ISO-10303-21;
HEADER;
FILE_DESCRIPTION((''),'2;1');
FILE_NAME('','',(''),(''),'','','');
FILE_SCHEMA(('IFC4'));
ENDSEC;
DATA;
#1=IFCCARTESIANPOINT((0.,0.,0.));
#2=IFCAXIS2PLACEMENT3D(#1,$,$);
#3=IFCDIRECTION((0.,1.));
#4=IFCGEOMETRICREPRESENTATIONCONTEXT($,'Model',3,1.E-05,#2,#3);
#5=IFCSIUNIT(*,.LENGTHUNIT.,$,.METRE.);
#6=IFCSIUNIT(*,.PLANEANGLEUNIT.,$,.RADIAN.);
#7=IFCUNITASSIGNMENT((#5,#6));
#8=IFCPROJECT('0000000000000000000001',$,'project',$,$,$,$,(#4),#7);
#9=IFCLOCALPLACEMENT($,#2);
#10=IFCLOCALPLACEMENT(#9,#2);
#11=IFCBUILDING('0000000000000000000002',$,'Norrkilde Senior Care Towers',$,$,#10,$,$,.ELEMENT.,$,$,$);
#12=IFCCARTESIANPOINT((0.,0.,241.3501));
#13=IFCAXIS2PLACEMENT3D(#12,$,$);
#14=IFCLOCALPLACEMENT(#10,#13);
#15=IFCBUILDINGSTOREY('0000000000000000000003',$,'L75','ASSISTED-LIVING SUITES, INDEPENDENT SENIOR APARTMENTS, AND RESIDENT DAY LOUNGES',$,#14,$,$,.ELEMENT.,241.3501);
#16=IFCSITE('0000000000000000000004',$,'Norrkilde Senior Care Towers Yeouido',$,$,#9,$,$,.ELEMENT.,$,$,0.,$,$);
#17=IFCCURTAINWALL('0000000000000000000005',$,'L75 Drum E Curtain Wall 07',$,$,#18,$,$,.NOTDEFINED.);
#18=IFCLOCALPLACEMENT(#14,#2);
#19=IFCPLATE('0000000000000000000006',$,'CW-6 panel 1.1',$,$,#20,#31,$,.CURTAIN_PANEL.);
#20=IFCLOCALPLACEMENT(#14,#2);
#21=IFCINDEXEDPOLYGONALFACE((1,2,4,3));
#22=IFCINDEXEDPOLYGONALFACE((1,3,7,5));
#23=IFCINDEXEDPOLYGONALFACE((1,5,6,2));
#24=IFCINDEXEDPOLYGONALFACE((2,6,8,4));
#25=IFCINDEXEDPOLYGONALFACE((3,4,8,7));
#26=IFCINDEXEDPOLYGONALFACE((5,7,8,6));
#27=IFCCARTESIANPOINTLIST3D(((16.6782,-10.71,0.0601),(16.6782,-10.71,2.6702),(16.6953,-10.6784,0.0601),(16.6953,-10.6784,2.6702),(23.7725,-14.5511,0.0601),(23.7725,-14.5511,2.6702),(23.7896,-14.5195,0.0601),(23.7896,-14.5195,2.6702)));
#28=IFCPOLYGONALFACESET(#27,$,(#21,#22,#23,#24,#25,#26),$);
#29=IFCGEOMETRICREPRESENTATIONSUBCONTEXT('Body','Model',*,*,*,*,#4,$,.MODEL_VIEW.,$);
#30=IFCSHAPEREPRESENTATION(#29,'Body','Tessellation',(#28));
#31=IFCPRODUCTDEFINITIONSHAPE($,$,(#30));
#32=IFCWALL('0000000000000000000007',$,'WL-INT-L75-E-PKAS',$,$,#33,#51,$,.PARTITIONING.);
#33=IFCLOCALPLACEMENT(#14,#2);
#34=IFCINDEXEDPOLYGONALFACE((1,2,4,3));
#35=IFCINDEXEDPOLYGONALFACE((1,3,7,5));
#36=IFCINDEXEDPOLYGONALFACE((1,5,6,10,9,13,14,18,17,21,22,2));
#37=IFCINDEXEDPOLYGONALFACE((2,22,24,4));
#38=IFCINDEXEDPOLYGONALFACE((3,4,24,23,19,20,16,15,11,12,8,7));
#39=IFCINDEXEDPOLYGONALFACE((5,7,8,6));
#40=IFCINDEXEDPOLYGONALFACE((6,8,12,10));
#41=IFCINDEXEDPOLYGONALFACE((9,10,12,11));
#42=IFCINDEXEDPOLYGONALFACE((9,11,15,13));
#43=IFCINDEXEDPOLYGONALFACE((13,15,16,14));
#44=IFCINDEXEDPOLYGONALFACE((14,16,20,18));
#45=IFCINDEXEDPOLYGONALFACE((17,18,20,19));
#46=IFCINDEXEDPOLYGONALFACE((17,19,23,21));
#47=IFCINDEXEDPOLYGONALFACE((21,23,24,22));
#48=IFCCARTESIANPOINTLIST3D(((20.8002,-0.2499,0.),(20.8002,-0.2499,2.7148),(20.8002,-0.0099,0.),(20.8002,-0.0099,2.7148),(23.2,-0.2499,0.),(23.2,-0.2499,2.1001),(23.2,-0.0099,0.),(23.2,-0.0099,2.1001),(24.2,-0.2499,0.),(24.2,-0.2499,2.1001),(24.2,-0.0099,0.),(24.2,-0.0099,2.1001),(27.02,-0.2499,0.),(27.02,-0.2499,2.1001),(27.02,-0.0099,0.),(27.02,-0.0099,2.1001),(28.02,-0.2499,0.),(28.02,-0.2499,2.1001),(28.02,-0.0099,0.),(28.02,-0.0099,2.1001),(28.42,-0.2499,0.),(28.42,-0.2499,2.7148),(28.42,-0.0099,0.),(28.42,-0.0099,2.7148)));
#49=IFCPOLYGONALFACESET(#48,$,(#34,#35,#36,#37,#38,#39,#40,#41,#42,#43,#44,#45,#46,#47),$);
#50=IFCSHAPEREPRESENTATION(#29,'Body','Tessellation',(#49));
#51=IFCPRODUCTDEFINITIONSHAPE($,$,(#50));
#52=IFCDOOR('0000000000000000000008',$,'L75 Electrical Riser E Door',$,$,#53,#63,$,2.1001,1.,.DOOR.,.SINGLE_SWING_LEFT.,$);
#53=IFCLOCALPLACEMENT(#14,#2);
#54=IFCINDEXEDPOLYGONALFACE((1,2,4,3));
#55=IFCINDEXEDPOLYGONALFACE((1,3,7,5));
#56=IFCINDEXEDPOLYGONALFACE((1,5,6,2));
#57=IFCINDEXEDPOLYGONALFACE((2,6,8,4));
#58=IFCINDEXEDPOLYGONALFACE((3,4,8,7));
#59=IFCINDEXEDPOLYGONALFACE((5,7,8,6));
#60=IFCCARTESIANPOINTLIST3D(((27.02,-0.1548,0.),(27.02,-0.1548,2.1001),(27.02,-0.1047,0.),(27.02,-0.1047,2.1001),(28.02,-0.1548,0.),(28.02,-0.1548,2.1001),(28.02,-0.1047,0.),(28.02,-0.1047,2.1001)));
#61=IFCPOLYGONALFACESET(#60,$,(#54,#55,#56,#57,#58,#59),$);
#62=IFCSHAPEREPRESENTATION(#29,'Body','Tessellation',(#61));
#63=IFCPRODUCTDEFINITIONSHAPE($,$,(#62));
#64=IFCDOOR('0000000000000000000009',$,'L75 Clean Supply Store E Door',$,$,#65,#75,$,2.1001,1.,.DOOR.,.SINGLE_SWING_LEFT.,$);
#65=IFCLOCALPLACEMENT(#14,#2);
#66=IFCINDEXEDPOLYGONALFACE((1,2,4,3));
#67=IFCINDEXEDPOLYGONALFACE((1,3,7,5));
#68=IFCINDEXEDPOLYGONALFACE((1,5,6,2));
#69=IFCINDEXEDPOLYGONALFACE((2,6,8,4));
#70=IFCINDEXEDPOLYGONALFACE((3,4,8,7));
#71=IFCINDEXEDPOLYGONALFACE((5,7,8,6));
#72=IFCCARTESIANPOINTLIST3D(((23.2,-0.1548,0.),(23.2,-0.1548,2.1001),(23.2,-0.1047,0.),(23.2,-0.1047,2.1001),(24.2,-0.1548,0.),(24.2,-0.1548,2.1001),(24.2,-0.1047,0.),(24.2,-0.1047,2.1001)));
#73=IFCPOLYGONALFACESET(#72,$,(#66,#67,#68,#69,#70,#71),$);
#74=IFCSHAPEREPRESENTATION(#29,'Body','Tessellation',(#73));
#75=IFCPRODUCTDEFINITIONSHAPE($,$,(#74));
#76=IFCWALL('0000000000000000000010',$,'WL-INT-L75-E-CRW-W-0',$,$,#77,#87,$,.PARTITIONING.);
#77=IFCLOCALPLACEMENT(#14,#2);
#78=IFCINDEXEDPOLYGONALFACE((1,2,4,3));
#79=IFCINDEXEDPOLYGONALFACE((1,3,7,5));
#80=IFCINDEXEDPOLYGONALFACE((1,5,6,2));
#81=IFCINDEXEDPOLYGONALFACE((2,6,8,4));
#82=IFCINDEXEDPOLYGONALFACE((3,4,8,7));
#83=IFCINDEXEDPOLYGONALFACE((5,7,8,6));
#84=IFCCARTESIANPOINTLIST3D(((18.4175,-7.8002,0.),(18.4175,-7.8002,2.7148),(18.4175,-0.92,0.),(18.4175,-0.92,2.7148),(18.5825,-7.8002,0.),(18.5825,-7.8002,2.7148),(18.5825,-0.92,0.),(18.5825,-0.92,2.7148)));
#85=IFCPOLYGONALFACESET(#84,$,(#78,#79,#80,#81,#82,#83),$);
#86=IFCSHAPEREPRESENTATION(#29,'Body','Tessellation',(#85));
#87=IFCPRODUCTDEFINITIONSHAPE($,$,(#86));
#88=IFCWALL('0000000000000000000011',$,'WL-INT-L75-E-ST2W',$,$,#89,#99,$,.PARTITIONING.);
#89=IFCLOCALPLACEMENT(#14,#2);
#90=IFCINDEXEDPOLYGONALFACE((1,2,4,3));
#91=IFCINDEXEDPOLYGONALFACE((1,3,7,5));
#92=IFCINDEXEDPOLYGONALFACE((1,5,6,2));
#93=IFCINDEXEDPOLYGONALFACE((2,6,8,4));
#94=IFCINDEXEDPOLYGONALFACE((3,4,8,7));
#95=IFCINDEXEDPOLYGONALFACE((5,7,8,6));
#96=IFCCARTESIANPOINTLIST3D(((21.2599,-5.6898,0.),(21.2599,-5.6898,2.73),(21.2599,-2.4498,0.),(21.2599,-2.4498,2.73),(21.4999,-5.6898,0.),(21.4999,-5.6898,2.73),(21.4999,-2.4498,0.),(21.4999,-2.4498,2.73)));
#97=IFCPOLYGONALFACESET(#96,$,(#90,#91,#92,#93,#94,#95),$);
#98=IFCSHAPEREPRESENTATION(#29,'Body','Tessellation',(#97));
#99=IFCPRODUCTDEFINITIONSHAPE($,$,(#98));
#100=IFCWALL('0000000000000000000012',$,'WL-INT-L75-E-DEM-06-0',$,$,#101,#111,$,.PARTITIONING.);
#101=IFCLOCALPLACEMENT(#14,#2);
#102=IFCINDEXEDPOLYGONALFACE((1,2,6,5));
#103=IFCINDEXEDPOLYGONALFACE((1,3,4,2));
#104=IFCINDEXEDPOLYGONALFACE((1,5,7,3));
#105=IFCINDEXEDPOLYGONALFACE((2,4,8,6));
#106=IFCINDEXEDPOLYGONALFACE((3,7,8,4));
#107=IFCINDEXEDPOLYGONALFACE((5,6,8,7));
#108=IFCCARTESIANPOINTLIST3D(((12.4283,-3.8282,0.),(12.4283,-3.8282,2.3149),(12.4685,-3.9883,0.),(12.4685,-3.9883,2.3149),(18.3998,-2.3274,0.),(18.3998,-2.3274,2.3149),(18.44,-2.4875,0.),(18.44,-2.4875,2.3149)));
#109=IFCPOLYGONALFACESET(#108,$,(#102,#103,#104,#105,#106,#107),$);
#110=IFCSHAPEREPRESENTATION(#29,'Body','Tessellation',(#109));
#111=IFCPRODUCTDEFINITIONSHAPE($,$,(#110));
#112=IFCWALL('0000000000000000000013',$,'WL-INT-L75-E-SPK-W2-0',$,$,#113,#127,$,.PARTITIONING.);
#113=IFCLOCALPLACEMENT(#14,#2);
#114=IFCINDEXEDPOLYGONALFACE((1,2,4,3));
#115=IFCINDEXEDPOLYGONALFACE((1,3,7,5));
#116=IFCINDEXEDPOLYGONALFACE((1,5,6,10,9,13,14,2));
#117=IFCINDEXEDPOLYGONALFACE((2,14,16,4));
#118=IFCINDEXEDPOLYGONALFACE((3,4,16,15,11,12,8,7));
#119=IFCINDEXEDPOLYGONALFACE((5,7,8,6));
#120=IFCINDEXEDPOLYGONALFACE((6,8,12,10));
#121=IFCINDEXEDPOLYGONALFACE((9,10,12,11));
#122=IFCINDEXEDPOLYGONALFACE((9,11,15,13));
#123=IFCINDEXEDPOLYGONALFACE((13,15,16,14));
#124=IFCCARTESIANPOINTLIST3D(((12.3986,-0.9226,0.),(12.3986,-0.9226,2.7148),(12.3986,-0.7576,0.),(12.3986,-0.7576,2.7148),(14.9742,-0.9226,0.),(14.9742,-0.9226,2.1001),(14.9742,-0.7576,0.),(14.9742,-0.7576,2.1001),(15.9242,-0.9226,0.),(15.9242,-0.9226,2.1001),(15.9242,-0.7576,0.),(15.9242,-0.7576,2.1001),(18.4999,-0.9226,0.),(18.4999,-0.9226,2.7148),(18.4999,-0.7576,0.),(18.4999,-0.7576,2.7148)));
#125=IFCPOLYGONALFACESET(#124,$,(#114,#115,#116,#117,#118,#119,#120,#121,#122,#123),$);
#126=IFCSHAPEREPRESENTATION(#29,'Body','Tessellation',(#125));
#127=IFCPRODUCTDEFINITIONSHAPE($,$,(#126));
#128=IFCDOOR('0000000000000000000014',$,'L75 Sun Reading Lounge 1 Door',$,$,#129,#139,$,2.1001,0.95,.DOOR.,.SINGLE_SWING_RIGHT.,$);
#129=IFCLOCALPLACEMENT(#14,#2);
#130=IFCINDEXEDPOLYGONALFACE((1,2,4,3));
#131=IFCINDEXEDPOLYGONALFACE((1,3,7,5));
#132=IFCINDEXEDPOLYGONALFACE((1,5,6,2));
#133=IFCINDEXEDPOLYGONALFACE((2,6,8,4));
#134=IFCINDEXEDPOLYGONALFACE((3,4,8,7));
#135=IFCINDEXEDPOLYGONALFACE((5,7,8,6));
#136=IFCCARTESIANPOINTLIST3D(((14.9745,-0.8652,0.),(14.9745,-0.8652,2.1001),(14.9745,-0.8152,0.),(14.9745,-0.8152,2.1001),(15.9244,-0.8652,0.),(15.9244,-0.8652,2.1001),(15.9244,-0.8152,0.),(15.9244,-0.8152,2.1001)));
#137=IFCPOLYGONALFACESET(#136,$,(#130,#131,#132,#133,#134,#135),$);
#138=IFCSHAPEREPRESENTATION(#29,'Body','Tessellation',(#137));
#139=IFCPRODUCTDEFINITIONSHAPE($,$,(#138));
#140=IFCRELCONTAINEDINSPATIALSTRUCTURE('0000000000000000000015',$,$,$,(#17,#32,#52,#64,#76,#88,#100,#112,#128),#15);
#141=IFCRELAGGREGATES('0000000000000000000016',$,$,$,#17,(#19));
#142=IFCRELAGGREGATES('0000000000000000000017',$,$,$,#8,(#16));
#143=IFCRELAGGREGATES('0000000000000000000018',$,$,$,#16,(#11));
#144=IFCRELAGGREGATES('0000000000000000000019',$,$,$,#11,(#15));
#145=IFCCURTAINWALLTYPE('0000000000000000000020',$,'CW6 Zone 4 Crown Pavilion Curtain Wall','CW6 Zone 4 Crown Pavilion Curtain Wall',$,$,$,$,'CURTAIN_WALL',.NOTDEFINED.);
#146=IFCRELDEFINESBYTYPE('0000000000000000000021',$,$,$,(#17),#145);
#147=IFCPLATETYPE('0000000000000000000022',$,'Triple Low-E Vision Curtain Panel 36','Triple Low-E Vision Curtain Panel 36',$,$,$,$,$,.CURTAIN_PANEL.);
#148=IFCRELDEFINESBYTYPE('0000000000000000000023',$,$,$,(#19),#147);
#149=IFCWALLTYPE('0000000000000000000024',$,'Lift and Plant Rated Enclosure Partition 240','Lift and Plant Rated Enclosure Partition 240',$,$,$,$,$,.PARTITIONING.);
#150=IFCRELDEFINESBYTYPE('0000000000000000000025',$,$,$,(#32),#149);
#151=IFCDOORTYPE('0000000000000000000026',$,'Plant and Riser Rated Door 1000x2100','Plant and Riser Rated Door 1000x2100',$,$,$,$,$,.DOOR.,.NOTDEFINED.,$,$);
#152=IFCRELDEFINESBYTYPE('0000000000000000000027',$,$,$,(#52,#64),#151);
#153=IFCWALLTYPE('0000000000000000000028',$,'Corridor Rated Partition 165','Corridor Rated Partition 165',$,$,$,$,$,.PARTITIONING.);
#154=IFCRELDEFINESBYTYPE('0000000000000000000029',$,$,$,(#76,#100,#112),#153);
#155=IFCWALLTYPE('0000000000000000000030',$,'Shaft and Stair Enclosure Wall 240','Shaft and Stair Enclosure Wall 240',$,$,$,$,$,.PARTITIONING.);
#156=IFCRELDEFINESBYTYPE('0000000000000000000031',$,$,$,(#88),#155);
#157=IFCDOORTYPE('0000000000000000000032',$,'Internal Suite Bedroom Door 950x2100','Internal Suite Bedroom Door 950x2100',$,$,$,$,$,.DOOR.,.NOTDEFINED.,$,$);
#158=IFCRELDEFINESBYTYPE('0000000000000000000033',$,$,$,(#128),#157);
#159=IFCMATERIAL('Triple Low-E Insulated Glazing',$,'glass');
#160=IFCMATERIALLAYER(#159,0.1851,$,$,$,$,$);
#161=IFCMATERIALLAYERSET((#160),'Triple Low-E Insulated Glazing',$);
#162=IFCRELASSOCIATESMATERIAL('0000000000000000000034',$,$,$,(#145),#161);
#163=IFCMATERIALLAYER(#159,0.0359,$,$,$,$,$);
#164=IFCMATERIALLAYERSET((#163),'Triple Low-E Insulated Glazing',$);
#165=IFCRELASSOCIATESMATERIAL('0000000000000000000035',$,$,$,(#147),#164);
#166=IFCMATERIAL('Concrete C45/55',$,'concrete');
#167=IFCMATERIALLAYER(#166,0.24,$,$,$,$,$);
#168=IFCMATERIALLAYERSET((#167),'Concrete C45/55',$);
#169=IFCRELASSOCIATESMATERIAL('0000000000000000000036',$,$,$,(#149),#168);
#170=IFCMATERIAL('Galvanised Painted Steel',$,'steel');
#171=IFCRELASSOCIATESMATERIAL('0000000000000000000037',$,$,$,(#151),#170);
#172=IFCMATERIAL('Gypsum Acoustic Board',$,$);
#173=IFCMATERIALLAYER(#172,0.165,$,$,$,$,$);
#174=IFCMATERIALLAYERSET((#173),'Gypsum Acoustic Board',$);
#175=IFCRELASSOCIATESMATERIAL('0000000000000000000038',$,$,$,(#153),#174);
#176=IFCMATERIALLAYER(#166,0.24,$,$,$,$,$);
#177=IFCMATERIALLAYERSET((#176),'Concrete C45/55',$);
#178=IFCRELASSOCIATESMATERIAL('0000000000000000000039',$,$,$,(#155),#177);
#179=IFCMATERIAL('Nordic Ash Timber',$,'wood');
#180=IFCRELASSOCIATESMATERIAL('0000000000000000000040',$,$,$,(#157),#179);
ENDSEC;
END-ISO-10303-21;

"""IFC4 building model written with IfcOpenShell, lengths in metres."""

from ifc_helpers import new_model, si_unit, direction, frame, frame_2d, origin, origin_2d, place, context, subcontext, project, spatial, rectangle, extrude, source, transform, mapped, material, layer, layer_set, type_object, type_shapes, element, fill, aggregate, save


model = new_model("IFC4")

# Units and contexts
model_context = context("Model", 3, precision=1e-05, world=origin(), true_north=direction((0.0, 1.0)))
body_context = subcontext(model_context, "Body", "Model", "MODEL_VIEW")
ifc_project = project(units=[si_unit("LENGTHUNIT", "METRE"), si_unit("PLANEANGLEUNIT", "RADIAN")], contexts=[model_context])

# Site, building, storey
site_placement = place(None, origin())
site = spatial("IfcSite", under=ifc_project, at=site_placement, Name="Norrkilde Senior Care Towers Yeouido", CompositionType="ELEMENT", RefElevation=0.0)
building_placement = place(site_placement, origin())
building = spatial("IfcBuilding", under=site, at=building_placement, Name="Norrkilde Senior Care Towers", CompositionType="ELEMENT")
storey_placement = place(building_placement, frame((0.0, 0.0, 241.3501)))
storey = spatial("IfcBuildingStorey", under=building, at=storey_placement, Name="L75", Description="ASSISTED-LIVING SUITES, INDEPENDENT SENIOR APARTMENTS, AND RESIDENT DAY LOUNGES", CompositionType="ELEMENT", Elevation=241.3501)

# Shared definitions
ifc_material_1 = material(Name="Triple Low-E Insulated Glazing", Category="glass")
ifc_layer_1 = layer(ifc_material_1, 0.1851)
ifc_layer_set_1 = layer_set([ifc_layer_1], Name="Triple Low-E Insulated Glazing")
curtain_wall_type = type_object("IfcCurtainWallType", Name="CW6 Zone 4 Crown Pavilion Curtain Wall", Description="CW6 Zone 4 Crown Pavilion Curtain Wall", ElementType="CURTAIN_WALL", PredefinedType="NOTDEFINED", material=ifc_layer_set_1)

# Curtain wall
curtain_wall_1_placement = place(storey_placement, origin())
curtain_wall_1 = element("IfcCurtainWall", 1, at=curtain_wall_1_placement, inside=storey, type_object=curtain_wall_type, Name="L75 Drum E Curtain Wall 07", PredefinedType="NOTDEFINED")

# Plate
ifc_layer_2 = layer(ifc_material_1, 0.0359)
ifc_layer_set_2 = layer_set([ifc_layer_2], Name="Triple Low-E Insulated Glazing")
plate_type = type_object("IfcPlateType", Name="Triple Low-E Vision Curtain Panel 36", Description="Triple Low-E Vision Curtain Panel 36", PredefinedType="CURTAIN_PANEL", material=ifc_layer_set_2)
shared_shape_1 = source(origin(), body_context, "Body", "SweptSolid", [
    extrude(rectangle(XDim=8.0674, YDim=0.0359, at=origin_2d()), origin(), (0.0, 0.0, 1.0), 2.6101),
])
type_shapes(plate_type, [shared_shape_1])
plate_placement = place(storey_placement, frame((20.2339, -12.6147, 0.0601), z_axis=(0.0, 0.0, 1.0), x_axis=(-0.879373, 0.476133, 0.0)))
plate = element("IfcPlate", 2, at=plate_placement, type_object=plate_type, Name="CW-6 panel 1.1", PredefinedType="CURTAIN_PANEL", context=body_context, shape_type="MappedRepresentation", body=[
    mapped(shared_shape_1, transform((0.0, 0.0, 0.0), x_axis=(1.0, 0.0, 0.0), y_axis=(0.0, 1.0, 0.0), z_axis=(0.0, 0.0, 1.0), scale=1.0)),
])
aggregate(curtain_wall_1, [plate])

# Shared definitions
ifc_material_2 = material(Name="Galvanised Painted Steel", Category="steel")

# Wall, openings, doors
ifc_material_3 = material(Name="Concrete C45/55", Category="concrete")
ifc_layer_3 = layer(ifc_material_3, 0.24)
ifc_layer_set_3 = layer_set([ifc_layer_3], Name="Concrete C45/55")
wall_type_1 = type_object("IfcWallType", Name="Lift and Plant Rated Enclosure Partition 240", Description="Lift and Plant Rated Enclosure Partition 240", PredefinedType="PARTITIONING", material=ifc_layer_set_3)
shared_shape_2 = source(origin(), body_context, "Body", "SweptSolid", [
    extrude(rectangle(XDim=7.6199, YDim=0.24, at=frame_2d((3.8101, 0.0))), origin(), (0.0, 0.0, 1.0), 2.7148),
])
type_shapes(wall_type_1, [shared_shape_2])
wall_1_placement = place(storey_placement, frame((20.8, -0.1299, 0.0), z_axis=(0.0, 0.0, 1.0), x_axis=(1.0, 0.0, 0.0)))
wall_1 = element("IfcWall", 3, at=wall_1_placement, inside=storey, type_object=wall_type_1, Name="WL-INT-L75-E-PKAS", PredefinedType="PARTITIONING", context=body_context, shape_type="MappedRepresentation", body=[
    mapped(shared_shape_2, transform((0.0, 0.0, 0.0), x_axis=(1.0, 0.0, 0.0), y_axis=(0.0, 1.0, 0.0), z_axis=(0.0, 0.0, 1.0), scale=1.0)),
])
opening_1_placement = place(wall_1_placement, frame((6.22, 0.0, 0.0)))
opening_1 = element("IfcOpeningElement", 4, at=opening_1_placement, cuts=wall_1, PredefinedType="OPENING", context=body_context, shape_type="SweptSolid", body=[
    extrude(rectangle(XDim=1.0, YDim=2.1001, at=frame_2d((0.5, 1.05))), frame((0.0, 0.1299, 0.0), z_axis=(0.0, -1.0, 0.0), x_axis=(1.0, 0.0, 0.0)), (0.0, 0.0, 1.0), 0.26),
])
opening_2_placement = place(wall_1_placement, frame((2.3999, 0.0, 0.0)))
opening_2 = element("IfcOpeningElement", 5, at=opening_2_placement, cuts=wall_1, PredefinedType="OPENING", context=body_context, shape_type="SweptSolid", body=[
    extrude(rectangle(XDim=1.0, YDim=2.1001, at=frame_2d((0.5, 1.05))), frame((0.0, 0.1299, 0.0), z_axis=(0.0, -1.0, 0.0), x_axis=(1.0, 0.0, 0.0)), (0.0, 0.0, 1.0), 0.26),
])
door_type_1 = type_object("IfcDoorType", Name="Plant and Riser Rated Door 1000x2100", Description="Plant and Riser Rated Door 1000x2100", OperationType="NOTDEFINED", PredefinedType="DOOR", material=ifc_material_2)
shared_shape_3 = source(origin(), body_context, "Body", "SweptSolid", [
    extrude(rectangle(XDim=1.0, YDim=2.1001, at=frame_2d((0.5, 1.05))), frame((0.0, 0.0249, 0.0), z_axis=(0.0, -1.0, 0.0), x_axis=(1.0, 0.0, 0.0)), (0.0, 0.0, 1.0), 0.05),
])
type_shapes(door_type_1, [shared_shape_3])
door_1_placement = place(opening_1_placement, frame((1.0, 0.0, 0.0), z_axis=(0.0, 0.0, 1.0), x_axis=(-1.0, 0.0, 0.0)))
door_1 = element("IfcDoor", 6, at=door_1_placement, inside=storey, type_object=door_type_1, Name="L75 Electrical Riser E Door", OperationType="SINGLE_SWING_LEFT", OverallHeight=2.1001, OverallWidth=1.0, PredefinedType="DOOR", context=body_context, shape_type="MappedRepresentation", body=[
    mapped(shared_shape_3, transform((0.0, 0.0, 0.0), x_axis=(1.0, 0.0, 0.0), y_axis=(0.0, 1.0, 0.0), z_axis=(0.0, 0.0, 1.0), scale=1.0)),
])
fill(opening_1, door_1)
door_2_placement = place(opening_2_placement, frame((1.0, 0.0, 0.0), z_axis=(0.0, 0.0, 1.0), x_axis=(-1.0, 0.0, 0.0)))
door_2 = element("IfcDoor", 7, at=door_2_placement, inside=storey, type_object=door_type_1, Name="L75 Clean Supply Store E Door", OperationType="SINGLE_SWING_LEFT", OverallHeight=2.1001, OverallWidth=1.0, PredefinedType="DOOR", context=body_context, shape_type="MappedRepresentation", body=[
    mapped(shared_shape_3, transform((0.0, 0.0, 0.0), x_axis=(1.0, 0.0, 0.0), y_axis=(0.0, 1.0, 0.0), z_axis=(0.0, 0.0, 1.0), scale=1.0)),
])
fill(opening_2, door_2)

# Wall
ifc_material_4 = material(Name="Gypsum Acoustic Board")
ifc_layer_4 = layer(ifc_material_4, 0.165)
ifc_layer_set_4 = layer_set([ifc_layer_4], Name="Gypsum Acoustic Board")
wall_type_2 = type_object("IfcWallType", Name="Corridor Rated Partition 165", Description="Corridor Rated Partition 165", PredefinedType="PARTITIONING", material=ifc_layer_set_4)
shared_shape_4 = source(origin(), body_context, "Body", "SweptSolid", [
    extrude(rectangle(XDim=6.8801, YDim=0.165, at=frame_2d((3.4399, 0.0))), origin(), (0.0, 0.0, 1.0), 2.7148),
])
wall_2_placement = place(storey_placement, frame((18.5, -7.8, 0.0), z_axis=(0.0, 0.0, 1.0), x_axis=(0.0, 1.0, 0.0)))
element("IfcWall", 8, at=wall_2_placement, inside=storey, type_object=wall_type_2, Name="WL-INT-L75-E-CRW-W-0", PredefinedType="PARTITIONING", context=body_context, shape_type="MappedRepresentation", body=[
    mapped(shared_shape_4, transform((0.0, 0.0, 0.0), x_axis=(1.0, 0.0, 0.0), y_axis=(0.0, 1.0, 0.0), z_axis=(0.0, 0.0, 1.0), scale=1.0)),
])

# Shared definitions
ifc_layer_5 = layer(ifc_material_3, 0.24)
ifc_layer_set_5 = layer_set([ifc_layer_5], Name="Concrete C45/55")
wall_type_3 = type_object("IfcWallType", Name="Shaft and Stair Enclosure Wall 240", Description="Shaft and Stair Enclosure Wall 240", PredefinedType="PARTITIONING", material=ifc_layer_set_5)

# Walls
shared_shape_5 = source(origin(), body_context, "Body", "SweptSolid", [
    extrude(rectangle(XDim=3.24, YDim=0.24, at=frame_2d((1.6201, 0.0))), origin(), (0.0, 0.0, 1.0), 2.73),
])
wall_3_placement = place(storey_placement, frame((21.3799, -5.6899, 0.0), z_axis=(0.0, 0.0, 1.0), x_axis=(0.0, 1.0, 0.0)))
element("IfcWall", 9, at=wall_3_placement, inside=storey, type_object=wall_type_3, Name="WL-INT-L75-E-ST2W", PredefinedType="PARTITIONING", context=body_context, shape_type="MappedRepresentation", body=[
    mapped(shared_shape_5, transform((0.0, 0.0, 0.0), x_axis=(1.0, 0.0, 0.0), y_axis=(0.0, 1.0, 0.0), z_axis=(0.0, 0.0, 1.0), scale=1.0)),
])
shared_shape_6 = source(origin(), body_context, "Body", "SweptSolid", [
    extrude(rectangle(XDim=6.1572, YDim=0.165, at=frame_2d((3.0786, 0.0))), origin(), (0.0, 0.0, 1.0), 2.3149),
])
wall_4_placement = place(storey_placement, frame((18.4199, -2.4075, 0.0), z_axis=(0.0, 0.0, 1.0), x_axis=(-0.969841, -0.243739, 0.0)))
element("IfcWall", 10, at=wall_4_placement, inside=storey, type_object=wall_type_2, Name="WL-INT-L75-E-DEM-06-0", PredefinedType="PARTITIONING", context=body_context, shape_type="MappedRepresentation", body=[
    mapped(shared_shape_6, transform((0.0, 0.0, 0.0), x_axis=(1.0, 0.0, 0.0), y_axis=(0.0, 1.0, 0.0), z_axis=(0.0, 0.0, 1.0), scale=1.0)),
])

# Wall, opening, door
shared_shape_7 = source(origin(), body_context, "Body", "SweptSolid", [
    extrude(rectangle(XDim=6.1013, YDim=0.165, at=frame_2d((3.0508, 0.0))), origin(), (0.0, 0.0, 1.0), 2.7148),
])
type_shapes(wall_type_2, [shared_shape_4, shared_shape_6, shared_shape_7])
wall_5_placement = place(storey_placement, frame((18.5, -0.8401, 0.0), z_axis=(0.0, 0.0, 1.0), x_axis=(-1.0, 0.0, 0.0)))
wall_5 = element("IfcWall", 11, at=wall_5_placement, inside=storey, type_object=wall_type_2, Name="WL-INT-L75-E-SPK-W2-0", PredefinedType="PARTITIONING", context=body_context, shape_type="MappedRepresentation", body=[
    mapped(shared_shape_7, transform((0.0, 0.0, 0.0), x_axis=(1.0, 0.0, 0.0), y_axis=(0.0, 1.0, 0.0), z_axis=(0.0, 0.0, 1.0), scale=1.0)),
])
opening_3_placement = place(wall_5_placement, frame((2.5757, 0.0, 0.0)))
opening_3 = element("IfcOpeningElement", 12, at=opening_3_placement, cuts=wall_5, PredefinedType="OPENING", context=body_context, shape_type="SweptSolid", body=[
    extrude(rectangle(XDim=0.95, YDim=2.1001, at=frame_2d((0.4751, 1.05))), frame((0.0, 0.0925, 0.0), z_axis=(0.0, -1.0, 0.0), x_axis=(1.0, 0.0, 0.0)), (0.0, 0.0, 1.0), 0.1851),
])
ifc_material_5 = material(Name="Nordic Ash Timber", Category="wood")
door_type_2 = type_object("IfcDoorType", Name="Internal Suite Bedroom Door 950x2100", Description="Internal Suite Bedroom Door 950x2100", OperationType="NOTDEFINED", PredefinedType="DOOR", material=ifc_material_5)
shared_shape_8 = source(origin(), body_context, "Body", "SweptSolid", [
    extrude(rectangle(XDim=0.95, YDim=2.1001, at=frame_2d((0.4751, 1.05))), frame((0.0, 0.0249, 0.0), z_axis=(0.0, -1.0, 0.0), x_axis=(1.0, 0.0, 0.0)), (0.0, 0.0, 1.0), 0.05),
])
type_shapes(door_type_2, [shared_shape_8])
door_3_placement = place(opening_3_placement, frame((0.95, 0.0, 0.0), z_axis=(0.0, 0.0, 1.0), x_axis=(-1.0, 0.0, 0.0)))
door_3 = element("IfcDoor", 13, at=door_3_placement, inside=storey, type_object=door_type_2, Name="L75 Sun Reading Lounge 1 Door", OperationType="SINGLE_SWING_RIGHT", OverallHeight=2.1001, OverallWidth=0.95, PredefinedType="DOOR", context=body_context, shape_type="MappedRepresentation", body=[
    mapped(shared_shape_8, transform((0.0, 0.0, 0.0), x_axis=(1.0, 0.0, 0.0), y_axis=(0.0, 1.0, 0.0), z_axis=(0.0, 0.0, 1.0), scale=1.0)),
])
fill(opening_3, door_3)

save(model, "model.ifc")
